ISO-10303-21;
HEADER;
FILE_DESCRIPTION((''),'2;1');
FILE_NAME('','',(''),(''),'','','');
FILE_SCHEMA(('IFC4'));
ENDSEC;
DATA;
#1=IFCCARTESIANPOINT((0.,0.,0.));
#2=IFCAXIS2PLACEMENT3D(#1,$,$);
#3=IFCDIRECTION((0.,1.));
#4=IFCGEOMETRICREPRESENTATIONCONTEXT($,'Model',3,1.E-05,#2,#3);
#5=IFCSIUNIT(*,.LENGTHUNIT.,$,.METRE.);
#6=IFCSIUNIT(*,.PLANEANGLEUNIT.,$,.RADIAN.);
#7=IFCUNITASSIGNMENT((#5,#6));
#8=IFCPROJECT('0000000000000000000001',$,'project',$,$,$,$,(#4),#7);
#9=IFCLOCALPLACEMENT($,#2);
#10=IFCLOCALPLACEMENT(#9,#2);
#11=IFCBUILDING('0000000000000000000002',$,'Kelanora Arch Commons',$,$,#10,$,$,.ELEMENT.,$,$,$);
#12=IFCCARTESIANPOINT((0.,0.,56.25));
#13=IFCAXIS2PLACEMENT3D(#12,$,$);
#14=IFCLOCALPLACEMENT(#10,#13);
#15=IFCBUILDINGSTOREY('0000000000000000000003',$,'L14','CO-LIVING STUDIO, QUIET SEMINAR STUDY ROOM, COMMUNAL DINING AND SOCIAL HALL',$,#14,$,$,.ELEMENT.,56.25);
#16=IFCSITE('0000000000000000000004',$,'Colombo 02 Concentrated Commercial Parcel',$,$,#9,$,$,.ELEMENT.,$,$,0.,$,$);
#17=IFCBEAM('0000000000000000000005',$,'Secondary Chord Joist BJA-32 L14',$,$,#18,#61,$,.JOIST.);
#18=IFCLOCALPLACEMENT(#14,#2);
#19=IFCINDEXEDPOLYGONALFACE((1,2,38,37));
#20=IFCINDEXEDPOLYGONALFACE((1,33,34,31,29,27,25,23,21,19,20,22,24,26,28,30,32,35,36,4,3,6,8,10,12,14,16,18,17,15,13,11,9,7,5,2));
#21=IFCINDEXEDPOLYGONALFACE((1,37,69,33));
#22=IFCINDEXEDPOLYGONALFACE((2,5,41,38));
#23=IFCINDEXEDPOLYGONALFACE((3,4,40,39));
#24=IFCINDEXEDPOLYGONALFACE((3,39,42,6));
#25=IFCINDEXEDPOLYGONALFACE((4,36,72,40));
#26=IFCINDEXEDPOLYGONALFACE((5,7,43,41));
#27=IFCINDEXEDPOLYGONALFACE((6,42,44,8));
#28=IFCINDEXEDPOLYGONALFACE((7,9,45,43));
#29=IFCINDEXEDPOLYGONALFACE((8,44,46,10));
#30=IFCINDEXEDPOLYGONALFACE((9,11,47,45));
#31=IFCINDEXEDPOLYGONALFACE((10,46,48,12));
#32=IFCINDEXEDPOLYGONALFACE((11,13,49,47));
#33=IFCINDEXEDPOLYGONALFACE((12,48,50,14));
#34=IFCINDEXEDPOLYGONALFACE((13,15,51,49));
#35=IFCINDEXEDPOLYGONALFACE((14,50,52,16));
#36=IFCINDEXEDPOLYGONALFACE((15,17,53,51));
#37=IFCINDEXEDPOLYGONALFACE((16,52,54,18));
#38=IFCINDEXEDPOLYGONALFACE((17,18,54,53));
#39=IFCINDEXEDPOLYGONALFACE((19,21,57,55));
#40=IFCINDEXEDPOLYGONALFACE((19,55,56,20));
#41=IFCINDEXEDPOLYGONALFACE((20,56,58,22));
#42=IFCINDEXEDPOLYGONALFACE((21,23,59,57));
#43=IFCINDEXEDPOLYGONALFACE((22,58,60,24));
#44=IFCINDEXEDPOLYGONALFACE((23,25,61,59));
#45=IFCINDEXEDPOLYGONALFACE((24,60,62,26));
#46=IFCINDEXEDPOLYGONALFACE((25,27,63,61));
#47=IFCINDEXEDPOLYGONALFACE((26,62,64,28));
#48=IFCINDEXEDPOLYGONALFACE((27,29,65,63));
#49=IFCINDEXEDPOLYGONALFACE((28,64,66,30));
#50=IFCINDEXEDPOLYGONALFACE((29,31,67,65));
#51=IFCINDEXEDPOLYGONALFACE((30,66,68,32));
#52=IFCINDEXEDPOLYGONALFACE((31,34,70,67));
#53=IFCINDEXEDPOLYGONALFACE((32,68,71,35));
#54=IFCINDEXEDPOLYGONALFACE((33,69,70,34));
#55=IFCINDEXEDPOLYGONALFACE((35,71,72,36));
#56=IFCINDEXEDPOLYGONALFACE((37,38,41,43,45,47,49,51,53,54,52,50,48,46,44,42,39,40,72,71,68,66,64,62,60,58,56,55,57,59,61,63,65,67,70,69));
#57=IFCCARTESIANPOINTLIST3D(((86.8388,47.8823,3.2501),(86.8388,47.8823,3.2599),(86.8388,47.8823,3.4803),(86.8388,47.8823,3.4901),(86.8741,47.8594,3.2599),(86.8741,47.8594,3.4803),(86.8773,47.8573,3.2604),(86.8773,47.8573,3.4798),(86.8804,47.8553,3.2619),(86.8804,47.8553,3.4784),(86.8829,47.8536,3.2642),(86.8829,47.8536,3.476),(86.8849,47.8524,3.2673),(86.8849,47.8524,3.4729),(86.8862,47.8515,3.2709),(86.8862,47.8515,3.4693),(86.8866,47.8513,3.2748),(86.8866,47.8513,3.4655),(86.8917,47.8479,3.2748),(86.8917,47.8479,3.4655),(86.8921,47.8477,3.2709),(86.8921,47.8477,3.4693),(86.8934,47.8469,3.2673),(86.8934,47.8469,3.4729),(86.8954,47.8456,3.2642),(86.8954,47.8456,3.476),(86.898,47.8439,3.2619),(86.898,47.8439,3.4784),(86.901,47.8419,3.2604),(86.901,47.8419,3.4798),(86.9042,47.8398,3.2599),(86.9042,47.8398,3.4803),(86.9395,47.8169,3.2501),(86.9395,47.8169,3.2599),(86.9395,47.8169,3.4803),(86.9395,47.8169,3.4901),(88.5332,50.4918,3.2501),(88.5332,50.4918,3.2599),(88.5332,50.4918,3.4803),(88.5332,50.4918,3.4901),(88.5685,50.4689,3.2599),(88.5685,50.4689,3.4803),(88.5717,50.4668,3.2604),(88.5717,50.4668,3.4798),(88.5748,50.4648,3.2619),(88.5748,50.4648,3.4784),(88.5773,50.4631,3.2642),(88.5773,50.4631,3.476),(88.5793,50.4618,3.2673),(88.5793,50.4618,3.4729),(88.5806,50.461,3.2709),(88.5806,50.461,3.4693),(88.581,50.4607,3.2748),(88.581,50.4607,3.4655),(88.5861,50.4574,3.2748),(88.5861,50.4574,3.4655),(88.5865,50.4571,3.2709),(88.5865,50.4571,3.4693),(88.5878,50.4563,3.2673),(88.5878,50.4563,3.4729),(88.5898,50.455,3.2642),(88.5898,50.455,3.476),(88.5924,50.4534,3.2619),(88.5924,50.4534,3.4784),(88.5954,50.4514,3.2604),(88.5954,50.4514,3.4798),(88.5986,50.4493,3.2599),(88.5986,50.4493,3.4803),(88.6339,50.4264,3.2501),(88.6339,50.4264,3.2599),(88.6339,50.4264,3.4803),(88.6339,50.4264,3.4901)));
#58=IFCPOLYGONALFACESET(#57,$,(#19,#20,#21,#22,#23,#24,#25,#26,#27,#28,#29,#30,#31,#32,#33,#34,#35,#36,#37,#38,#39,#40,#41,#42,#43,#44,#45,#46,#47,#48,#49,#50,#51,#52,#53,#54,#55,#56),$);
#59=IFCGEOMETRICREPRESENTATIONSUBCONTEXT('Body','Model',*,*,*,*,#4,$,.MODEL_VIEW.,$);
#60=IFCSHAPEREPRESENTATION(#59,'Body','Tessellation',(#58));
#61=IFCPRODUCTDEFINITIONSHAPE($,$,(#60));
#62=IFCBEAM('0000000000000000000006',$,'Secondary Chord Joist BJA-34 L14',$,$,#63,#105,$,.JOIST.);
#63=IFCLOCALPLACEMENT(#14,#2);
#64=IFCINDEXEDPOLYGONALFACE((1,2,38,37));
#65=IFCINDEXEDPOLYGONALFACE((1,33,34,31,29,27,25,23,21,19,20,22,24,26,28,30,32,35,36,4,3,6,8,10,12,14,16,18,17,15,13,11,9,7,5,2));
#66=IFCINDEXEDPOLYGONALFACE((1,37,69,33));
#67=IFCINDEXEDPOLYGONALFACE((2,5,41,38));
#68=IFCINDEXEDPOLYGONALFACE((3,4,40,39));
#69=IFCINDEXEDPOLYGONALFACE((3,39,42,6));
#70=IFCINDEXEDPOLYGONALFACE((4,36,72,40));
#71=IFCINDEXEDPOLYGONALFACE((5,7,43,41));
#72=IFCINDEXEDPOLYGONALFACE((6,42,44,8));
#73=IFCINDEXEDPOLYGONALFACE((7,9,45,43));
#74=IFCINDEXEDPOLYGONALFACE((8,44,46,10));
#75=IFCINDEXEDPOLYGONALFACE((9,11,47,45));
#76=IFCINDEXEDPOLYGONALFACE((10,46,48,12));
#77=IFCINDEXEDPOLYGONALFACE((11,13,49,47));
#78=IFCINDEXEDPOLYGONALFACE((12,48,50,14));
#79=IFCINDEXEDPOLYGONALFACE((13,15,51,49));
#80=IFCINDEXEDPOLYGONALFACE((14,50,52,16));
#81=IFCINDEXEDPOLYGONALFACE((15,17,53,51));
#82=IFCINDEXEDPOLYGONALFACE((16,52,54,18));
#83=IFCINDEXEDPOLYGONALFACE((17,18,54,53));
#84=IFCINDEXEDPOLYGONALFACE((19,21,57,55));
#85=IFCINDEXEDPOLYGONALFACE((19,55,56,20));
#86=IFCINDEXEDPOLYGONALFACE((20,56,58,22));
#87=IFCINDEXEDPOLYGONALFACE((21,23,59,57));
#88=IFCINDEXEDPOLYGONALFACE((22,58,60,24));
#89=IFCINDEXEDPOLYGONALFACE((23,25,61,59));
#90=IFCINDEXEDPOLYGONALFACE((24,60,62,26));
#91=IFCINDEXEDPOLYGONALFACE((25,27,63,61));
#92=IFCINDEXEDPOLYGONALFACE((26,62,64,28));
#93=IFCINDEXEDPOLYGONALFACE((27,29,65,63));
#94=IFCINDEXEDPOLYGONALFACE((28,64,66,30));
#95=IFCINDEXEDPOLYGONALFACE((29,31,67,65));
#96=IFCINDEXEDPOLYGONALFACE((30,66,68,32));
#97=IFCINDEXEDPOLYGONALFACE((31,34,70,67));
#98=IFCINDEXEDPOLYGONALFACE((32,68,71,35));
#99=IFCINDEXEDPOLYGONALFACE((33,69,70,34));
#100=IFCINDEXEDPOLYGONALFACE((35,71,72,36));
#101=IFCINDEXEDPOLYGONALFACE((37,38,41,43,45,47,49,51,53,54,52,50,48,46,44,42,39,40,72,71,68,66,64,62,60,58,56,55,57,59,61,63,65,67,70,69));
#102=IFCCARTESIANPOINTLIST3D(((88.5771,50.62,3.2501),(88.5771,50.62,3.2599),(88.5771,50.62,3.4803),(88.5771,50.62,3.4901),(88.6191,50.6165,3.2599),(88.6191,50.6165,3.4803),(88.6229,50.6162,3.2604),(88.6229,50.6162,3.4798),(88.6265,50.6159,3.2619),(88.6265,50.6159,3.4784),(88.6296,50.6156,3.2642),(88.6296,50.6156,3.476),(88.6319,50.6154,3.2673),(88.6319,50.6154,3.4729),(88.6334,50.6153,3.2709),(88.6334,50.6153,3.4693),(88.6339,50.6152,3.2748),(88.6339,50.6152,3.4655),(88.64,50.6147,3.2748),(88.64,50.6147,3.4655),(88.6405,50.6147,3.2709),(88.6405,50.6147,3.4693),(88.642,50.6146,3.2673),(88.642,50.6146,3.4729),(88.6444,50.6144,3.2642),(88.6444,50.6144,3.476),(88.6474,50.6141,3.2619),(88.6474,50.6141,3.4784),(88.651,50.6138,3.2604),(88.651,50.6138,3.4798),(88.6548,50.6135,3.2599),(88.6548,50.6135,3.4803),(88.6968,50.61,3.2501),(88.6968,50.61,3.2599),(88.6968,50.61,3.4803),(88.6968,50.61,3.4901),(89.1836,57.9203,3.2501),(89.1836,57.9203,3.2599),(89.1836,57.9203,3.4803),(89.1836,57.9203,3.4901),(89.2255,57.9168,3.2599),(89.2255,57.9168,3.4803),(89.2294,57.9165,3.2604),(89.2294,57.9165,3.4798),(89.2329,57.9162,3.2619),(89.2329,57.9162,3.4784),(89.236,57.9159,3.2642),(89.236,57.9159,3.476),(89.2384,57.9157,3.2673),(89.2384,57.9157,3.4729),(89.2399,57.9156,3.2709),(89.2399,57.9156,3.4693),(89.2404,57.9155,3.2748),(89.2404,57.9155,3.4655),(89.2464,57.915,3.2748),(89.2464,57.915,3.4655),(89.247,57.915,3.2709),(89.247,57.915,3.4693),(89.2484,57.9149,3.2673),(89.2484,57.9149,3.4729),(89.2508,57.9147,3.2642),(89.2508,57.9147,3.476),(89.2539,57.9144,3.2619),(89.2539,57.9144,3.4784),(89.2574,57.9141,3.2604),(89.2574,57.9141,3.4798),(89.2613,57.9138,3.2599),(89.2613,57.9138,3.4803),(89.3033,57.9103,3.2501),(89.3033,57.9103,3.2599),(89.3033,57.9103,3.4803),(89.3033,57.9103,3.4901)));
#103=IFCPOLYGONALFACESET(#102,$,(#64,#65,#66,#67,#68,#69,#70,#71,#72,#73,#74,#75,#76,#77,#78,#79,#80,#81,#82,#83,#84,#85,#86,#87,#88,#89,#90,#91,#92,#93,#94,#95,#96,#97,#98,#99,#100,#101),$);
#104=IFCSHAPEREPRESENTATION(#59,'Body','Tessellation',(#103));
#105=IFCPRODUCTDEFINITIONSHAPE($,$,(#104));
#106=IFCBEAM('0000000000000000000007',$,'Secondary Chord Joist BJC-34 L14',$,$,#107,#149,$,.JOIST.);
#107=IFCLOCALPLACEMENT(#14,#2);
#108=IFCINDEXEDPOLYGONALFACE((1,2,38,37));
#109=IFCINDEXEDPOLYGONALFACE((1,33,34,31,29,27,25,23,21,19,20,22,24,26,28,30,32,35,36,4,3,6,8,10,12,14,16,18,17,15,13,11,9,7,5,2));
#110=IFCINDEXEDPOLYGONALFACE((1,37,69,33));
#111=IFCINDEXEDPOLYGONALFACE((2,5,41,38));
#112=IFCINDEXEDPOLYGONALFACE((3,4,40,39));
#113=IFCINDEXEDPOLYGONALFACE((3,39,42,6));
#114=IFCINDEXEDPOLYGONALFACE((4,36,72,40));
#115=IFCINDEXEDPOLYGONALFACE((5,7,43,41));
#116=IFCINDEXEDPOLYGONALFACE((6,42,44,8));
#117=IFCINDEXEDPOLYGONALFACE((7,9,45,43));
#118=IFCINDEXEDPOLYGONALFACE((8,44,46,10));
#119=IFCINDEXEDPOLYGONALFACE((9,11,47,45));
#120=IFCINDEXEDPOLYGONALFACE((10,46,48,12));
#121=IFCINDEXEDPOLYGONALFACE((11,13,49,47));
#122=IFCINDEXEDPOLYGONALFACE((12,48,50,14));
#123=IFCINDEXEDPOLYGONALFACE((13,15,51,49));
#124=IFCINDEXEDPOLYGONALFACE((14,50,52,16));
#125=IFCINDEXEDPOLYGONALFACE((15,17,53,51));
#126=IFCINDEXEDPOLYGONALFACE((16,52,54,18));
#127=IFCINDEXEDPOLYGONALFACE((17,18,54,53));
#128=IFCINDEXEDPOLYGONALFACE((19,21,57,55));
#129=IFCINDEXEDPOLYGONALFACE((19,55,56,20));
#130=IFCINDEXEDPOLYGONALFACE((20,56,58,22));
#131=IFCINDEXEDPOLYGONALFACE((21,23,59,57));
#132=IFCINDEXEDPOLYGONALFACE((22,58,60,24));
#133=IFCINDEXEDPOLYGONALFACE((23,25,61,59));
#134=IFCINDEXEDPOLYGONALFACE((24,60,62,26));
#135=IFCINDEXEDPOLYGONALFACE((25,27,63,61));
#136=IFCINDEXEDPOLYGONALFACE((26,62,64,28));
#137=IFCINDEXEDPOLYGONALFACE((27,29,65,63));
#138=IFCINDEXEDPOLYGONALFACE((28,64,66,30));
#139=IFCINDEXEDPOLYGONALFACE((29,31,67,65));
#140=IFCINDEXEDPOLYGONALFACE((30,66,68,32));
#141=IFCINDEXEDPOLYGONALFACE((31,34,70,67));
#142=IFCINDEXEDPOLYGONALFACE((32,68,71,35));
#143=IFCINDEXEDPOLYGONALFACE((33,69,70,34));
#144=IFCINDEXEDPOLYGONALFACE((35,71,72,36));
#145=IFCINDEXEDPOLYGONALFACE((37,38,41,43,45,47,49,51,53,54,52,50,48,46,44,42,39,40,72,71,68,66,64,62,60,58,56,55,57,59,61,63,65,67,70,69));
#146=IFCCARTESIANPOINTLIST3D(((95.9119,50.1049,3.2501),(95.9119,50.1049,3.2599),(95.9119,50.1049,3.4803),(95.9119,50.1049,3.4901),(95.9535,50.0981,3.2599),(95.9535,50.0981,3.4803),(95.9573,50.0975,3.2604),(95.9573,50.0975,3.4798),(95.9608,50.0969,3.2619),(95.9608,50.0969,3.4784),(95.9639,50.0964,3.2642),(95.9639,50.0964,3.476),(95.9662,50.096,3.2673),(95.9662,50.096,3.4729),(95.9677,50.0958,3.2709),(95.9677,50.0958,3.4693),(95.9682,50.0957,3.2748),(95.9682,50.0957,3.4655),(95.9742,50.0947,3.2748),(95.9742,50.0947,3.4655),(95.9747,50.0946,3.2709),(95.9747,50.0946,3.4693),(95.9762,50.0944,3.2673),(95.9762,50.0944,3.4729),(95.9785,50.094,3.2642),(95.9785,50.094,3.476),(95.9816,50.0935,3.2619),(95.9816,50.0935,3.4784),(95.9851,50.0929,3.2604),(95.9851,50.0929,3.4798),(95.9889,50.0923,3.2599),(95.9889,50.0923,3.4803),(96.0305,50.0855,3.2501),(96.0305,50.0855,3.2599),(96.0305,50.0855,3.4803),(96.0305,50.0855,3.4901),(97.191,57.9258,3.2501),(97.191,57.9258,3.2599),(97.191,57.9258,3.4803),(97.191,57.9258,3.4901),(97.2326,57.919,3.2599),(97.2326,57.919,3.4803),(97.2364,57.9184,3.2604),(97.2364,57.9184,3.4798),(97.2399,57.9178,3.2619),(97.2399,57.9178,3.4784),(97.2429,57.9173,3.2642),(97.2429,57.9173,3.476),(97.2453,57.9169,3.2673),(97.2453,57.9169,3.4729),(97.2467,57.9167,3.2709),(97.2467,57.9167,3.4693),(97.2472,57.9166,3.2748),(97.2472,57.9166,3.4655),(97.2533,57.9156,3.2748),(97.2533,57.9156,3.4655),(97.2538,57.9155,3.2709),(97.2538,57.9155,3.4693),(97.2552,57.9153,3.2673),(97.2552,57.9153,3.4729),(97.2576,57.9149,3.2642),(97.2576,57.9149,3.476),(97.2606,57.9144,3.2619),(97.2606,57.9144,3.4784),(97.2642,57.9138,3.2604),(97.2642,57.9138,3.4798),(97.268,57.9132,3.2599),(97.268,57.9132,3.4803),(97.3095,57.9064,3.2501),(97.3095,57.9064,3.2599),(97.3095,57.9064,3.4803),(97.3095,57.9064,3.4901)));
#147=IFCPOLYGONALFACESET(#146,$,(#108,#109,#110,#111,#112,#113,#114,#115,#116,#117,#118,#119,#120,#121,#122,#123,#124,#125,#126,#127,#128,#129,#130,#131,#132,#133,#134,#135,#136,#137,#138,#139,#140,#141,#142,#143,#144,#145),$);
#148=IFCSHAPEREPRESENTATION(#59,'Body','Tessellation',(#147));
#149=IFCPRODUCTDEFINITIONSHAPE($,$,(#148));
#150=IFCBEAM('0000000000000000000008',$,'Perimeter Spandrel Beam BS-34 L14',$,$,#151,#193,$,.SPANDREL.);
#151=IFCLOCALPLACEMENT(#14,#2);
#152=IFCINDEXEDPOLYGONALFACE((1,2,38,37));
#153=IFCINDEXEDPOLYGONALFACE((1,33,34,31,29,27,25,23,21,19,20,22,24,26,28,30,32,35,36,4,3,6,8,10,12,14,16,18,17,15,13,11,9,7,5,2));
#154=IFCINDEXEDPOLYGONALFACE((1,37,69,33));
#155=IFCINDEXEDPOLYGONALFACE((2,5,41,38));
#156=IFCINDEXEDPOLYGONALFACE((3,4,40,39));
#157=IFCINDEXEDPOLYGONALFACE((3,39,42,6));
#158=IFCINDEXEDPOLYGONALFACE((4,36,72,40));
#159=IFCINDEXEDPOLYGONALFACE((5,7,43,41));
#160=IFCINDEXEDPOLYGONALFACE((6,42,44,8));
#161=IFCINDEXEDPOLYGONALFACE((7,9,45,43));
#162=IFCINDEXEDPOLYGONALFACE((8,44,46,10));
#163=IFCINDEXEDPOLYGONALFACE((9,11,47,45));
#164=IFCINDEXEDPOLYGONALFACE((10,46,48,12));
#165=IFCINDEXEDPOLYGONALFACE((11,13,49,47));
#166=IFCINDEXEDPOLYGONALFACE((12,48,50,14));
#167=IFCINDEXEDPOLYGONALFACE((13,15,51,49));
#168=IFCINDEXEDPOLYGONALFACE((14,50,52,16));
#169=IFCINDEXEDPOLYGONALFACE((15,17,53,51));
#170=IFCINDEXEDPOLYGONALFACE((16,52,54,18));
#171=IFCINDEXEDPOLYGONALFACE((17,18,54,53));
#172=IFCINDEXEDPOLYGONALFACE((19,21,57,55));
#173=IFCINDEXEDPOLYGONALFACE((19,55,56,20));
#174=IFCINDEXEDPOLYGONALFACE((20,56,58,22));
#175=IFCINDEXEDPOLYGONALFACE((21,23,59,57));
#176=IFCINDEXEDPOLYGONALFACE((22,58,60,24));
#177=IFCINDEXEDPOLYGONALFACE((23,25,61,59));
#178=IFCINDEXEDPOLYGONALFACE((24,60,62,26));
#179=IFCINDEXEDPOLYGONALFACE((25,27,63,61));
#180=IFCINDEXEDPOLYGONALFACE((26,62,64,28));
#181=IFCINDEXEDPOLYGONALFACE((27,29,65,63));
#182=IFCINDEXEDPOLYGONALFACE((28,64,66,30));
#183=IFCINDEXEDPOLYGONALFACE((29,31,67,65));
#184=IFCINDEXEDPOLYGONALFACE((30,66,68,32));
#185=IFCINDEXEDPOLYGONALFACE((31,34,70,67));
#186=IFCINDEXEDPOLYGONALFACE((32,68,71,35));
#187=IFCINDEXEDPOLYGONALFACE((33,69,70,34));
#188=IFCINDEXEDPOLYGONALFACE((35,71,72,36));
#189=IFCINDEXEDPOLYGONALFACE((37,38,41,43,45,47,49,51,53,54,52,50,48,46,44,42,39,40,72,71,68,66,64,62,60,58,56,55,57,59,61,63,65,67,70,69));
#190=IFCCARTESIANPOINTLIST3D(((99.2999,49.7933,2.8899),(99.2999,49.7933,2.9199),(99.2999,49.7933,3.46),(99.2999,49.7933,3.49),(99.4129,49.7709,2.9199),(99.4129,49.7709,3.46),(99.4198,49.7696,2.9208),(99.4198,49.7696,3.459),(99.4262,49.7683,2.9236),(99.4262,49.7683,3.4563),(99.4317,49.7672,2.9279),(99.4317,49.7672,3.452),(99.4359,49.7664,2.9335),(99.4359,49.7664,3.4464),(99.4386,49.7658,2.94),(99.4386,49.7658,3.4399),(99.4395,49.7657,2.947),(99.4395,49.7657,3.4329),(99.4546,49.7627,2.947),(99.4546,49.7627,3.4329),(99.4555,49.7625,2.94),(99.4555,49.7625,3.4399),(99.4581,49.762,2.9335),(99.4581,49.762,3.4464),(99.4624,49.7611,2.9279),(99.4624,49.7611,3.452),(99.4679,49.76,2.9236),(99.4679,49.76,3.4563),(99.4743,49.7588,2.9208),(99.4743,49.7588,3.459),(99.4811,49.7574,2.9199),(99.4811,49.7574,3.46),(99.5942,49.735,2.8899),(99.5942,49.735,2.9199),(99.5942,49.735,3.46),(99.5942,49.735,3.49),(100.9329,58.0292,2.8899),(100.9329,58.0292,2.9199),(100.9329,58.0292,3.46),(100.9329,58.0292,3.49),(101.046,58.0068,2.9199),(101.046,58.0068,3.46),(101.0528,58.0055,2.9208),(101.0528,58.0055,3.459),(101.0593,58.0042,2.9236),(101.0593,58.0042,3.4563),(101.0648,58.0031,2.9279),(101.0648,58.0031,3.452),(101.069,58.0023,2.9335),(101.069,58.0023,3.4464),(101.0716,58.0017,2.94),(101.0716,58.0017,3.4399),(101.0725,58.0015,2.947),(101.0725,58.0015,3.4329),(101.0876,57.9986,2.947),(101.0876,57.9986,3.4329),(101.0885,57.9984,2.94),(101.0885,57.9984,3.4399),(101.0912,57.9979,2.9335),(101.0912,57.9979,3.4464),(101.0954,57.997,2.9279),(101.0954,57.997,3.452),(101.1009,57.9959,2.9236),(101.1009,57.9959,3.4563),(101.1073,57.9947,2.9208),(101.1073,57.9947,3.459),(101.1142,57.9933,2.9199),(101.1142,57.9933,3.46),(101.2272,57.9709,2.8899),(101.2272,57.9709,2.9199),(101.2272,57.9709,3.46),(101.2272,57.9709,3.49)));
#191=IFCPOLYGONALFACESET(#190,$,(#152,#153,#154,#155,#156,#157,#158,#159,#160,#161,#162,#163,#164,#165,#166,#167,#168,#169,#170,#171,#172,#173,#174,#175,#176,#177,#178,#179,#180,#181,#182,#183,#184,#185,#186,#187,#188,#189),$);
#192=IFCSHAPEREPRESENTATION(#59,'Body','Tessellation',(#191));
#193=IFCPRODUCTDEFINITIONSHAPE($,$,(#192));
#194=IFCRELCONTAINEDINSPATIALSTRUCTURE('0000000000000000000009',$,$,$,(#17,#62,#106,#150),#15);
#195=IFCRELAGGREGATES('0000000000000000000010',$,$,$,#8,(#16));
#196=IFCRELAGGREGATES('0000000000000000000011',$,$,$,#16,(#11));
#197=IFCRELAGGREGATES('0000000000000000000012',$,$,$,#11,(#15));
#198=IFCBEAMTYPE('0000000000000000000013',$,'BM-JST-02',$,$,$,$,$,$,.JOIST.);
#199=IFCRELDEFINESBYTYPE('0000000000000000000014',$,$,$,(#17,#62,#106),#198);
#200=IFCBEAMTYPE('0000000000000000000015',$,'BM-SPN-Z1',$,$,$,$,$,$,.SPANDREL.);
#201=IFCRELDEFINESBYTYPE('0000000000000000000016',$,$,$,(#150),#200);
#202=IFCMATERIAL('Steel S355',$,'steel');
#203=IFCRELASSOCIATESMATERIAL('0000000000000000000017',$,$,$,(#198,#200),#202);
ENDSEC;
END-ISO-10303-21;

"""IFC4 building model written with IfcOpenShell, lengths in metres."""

from ifc_helpers import new_model, si_unit, direction, frame, origin, origin_2d, place, context, subcontext, project, spatial, i_section, extrude, material, material_profile, profile_set, type_object, element, save


model = new_model("IFC4")

# Units and contexts
model_context = context("Model", 3, precision=1e-05, world=origin(), true_north=direction((0.0, 1.0)))
body_context = subcontext(model_context, "Body", "Model", "MODEL_VIEW")
ifc_project = project(units=[si_unit("LENGTHUNIT", "METRE"), si_unit("PLANEANGLEUNIT", "RADIAN")], contexts=[model_context])

# Site, building, storey
site_placement = place(None, origin())
site = spatial("IfcSite", under=ifc_project, at=site_placement, Name="Colombo 02 Concentrated Commercial Parcel", CompositionType="ELEMENT", RefElevation=0.0)
building_placement = place(site_placement, origin())
building = spatial("IfcBuilding", under=site, at=building_placement, Name="Kelanora Arch Commons", CompositionType="ELEMENT")
storey_placement = place(building_placement, frame((0.0, 0.0, 56.25)))
storey = spatial("IfcBuildingStorey", under=building, at=storey_placement, Name="L14", Description="CO-LIVING STUDIO, QUIET SEMINAR STUDY ROOM, COMMUNAL DINING AND SOCIAL HALL", CompositionType="ELEMENT", Elevation=56.25)

# Beams
ifc_material_1 = material(Name="Steel S355", Category="steel")
ifc_material_profile_1 = material_profile(ifc_material_1, i_section(OverallWidth=0.1201, OverallDepth=0.24, WebThickness=0.0061, FlangeThickness=0.0098, FilletRadius=0.0149, at=origin_2d()), Name="IPE240")
ifc_profile_set_1 = profile_set([ifc_material_profile_1], Name="Steel S355")
beam_type_1 = type_object("IfcBeamType", Name="BM-JST-02", PredefinedType="JOIST", material=ifc_profile_set_1)
beam_1_placement = place(storey_placement, frame((86.8892, 47.8496, 3.3701), z_axis=(0.544591, 0.838702, 0.0), x_axis=(-0.838702, 0.544591, 0.0)))
element("IfcBeam", 1, at=beam_1_placement, inside=storey, type_object=beam_type_1, Name="Secondary Chord Joist BJA-32 L14", PredefinedType="JOIST", context=body_context, shape_type="SweptSolid", body=[
    extrude(i_section(OverallWidth=0.1201, OverallDepth=0.24, WebThickness=0.0061, FlangeThickness=0.0098, FilletRadius=0.0149, at=origin_2d()), origin(), (0.0, 0.0, 1.0), 3.1113),
])
beam_2_placement = place(storey_placement, frame((88.637, 50.615, 3.3701), z_axis=(0.082786, 0.996567, 0.0), x_axis=(-0.996567, 0.082786, 0.0)))
element("IfcBeam", 2, at=beam_2_placement, inside=storey, type_object=beam_type_1, Name="Secondary Chord Joist BJA-34 L14", PredefinedType="JOIST", context=body_context, shape_type="SweptSolid", body=[
    extrude(i_section(OverallWidth=0.1201, OverallDepth=0.24, WebThickness=0.0061, FlangeThickness=0.0098, FilletRadius=0.0149, at=origin_2d()), origin(), (0.0, 0.0, 1.0), 7.3254),
])
beam_3_placement = place(storey_placement, frame((95.9712, 50.0952, 3.3701), z_axis=(0.161401, 0.986889, 0.0), x_axis=(-0.986889, 0.161401, 0.0)))
element("IfcBeam", 3, at=beam_3_placement, inside=storey, type_object=beam_type_1, Name="Secondary Chord Joist BJC-34 L14", PredefinedType="JOIST", context=body_context, shape_type="SweptSolid", body=[
    extrude(i_section(OverallWidth=0.1201, OverallDepth=0.24, WebThickness=0.0061, FlangeThickness=0.0098, FilletRadius=0.0149, at=origin_2d()), origin(), (0.0, 0.0, 1.0), 7.9248),
])
ifc_material_profile_2 = material_profile(ifc_material_1, i_section(OverallWidth=0.3, OverallDepth=0.6001, WebThickness=0.0154, FlangeThickness=0.03, FilletRadius=0.0271, at=origin_2d()), Name="HEB600")
ifc_profile_set_2 = profile_set([ifc_material_profile_2], Name="Steel S355")
beam_type_2 = type_object("IfcBeamType", Name="BM-SPN-Z1", PredefinedType="SPANDREL", material=ifc_profile_set_2)
beam_4_placement = place(storey_placement, frame((99.447, 49.7642, 3.1899), z_axis=(0.1945, 0.980903, 0.0), x_axis=(-0.980903, 0.1945, 0.0)))
element("IfcBeam", 4, at=beam_4_placement, inside=storey, type_object=beam_type_2, Name="Perimeter Spandrel Beam BS-34 L14", PredefinedType="SPANDREL", context=body_context, shape_type="SweptSolid", body=[
    extrude(i_section(OverallWidth=0.3, OverallDepth=0.6001, WebThickness=0.0154, FlangeThickness=0.03, FilletRadius=0.0271, at=origin_2d()), origin(), (0.0, 0.0, 1.0), 8.3962),
])

save(model, "model.ifc")
